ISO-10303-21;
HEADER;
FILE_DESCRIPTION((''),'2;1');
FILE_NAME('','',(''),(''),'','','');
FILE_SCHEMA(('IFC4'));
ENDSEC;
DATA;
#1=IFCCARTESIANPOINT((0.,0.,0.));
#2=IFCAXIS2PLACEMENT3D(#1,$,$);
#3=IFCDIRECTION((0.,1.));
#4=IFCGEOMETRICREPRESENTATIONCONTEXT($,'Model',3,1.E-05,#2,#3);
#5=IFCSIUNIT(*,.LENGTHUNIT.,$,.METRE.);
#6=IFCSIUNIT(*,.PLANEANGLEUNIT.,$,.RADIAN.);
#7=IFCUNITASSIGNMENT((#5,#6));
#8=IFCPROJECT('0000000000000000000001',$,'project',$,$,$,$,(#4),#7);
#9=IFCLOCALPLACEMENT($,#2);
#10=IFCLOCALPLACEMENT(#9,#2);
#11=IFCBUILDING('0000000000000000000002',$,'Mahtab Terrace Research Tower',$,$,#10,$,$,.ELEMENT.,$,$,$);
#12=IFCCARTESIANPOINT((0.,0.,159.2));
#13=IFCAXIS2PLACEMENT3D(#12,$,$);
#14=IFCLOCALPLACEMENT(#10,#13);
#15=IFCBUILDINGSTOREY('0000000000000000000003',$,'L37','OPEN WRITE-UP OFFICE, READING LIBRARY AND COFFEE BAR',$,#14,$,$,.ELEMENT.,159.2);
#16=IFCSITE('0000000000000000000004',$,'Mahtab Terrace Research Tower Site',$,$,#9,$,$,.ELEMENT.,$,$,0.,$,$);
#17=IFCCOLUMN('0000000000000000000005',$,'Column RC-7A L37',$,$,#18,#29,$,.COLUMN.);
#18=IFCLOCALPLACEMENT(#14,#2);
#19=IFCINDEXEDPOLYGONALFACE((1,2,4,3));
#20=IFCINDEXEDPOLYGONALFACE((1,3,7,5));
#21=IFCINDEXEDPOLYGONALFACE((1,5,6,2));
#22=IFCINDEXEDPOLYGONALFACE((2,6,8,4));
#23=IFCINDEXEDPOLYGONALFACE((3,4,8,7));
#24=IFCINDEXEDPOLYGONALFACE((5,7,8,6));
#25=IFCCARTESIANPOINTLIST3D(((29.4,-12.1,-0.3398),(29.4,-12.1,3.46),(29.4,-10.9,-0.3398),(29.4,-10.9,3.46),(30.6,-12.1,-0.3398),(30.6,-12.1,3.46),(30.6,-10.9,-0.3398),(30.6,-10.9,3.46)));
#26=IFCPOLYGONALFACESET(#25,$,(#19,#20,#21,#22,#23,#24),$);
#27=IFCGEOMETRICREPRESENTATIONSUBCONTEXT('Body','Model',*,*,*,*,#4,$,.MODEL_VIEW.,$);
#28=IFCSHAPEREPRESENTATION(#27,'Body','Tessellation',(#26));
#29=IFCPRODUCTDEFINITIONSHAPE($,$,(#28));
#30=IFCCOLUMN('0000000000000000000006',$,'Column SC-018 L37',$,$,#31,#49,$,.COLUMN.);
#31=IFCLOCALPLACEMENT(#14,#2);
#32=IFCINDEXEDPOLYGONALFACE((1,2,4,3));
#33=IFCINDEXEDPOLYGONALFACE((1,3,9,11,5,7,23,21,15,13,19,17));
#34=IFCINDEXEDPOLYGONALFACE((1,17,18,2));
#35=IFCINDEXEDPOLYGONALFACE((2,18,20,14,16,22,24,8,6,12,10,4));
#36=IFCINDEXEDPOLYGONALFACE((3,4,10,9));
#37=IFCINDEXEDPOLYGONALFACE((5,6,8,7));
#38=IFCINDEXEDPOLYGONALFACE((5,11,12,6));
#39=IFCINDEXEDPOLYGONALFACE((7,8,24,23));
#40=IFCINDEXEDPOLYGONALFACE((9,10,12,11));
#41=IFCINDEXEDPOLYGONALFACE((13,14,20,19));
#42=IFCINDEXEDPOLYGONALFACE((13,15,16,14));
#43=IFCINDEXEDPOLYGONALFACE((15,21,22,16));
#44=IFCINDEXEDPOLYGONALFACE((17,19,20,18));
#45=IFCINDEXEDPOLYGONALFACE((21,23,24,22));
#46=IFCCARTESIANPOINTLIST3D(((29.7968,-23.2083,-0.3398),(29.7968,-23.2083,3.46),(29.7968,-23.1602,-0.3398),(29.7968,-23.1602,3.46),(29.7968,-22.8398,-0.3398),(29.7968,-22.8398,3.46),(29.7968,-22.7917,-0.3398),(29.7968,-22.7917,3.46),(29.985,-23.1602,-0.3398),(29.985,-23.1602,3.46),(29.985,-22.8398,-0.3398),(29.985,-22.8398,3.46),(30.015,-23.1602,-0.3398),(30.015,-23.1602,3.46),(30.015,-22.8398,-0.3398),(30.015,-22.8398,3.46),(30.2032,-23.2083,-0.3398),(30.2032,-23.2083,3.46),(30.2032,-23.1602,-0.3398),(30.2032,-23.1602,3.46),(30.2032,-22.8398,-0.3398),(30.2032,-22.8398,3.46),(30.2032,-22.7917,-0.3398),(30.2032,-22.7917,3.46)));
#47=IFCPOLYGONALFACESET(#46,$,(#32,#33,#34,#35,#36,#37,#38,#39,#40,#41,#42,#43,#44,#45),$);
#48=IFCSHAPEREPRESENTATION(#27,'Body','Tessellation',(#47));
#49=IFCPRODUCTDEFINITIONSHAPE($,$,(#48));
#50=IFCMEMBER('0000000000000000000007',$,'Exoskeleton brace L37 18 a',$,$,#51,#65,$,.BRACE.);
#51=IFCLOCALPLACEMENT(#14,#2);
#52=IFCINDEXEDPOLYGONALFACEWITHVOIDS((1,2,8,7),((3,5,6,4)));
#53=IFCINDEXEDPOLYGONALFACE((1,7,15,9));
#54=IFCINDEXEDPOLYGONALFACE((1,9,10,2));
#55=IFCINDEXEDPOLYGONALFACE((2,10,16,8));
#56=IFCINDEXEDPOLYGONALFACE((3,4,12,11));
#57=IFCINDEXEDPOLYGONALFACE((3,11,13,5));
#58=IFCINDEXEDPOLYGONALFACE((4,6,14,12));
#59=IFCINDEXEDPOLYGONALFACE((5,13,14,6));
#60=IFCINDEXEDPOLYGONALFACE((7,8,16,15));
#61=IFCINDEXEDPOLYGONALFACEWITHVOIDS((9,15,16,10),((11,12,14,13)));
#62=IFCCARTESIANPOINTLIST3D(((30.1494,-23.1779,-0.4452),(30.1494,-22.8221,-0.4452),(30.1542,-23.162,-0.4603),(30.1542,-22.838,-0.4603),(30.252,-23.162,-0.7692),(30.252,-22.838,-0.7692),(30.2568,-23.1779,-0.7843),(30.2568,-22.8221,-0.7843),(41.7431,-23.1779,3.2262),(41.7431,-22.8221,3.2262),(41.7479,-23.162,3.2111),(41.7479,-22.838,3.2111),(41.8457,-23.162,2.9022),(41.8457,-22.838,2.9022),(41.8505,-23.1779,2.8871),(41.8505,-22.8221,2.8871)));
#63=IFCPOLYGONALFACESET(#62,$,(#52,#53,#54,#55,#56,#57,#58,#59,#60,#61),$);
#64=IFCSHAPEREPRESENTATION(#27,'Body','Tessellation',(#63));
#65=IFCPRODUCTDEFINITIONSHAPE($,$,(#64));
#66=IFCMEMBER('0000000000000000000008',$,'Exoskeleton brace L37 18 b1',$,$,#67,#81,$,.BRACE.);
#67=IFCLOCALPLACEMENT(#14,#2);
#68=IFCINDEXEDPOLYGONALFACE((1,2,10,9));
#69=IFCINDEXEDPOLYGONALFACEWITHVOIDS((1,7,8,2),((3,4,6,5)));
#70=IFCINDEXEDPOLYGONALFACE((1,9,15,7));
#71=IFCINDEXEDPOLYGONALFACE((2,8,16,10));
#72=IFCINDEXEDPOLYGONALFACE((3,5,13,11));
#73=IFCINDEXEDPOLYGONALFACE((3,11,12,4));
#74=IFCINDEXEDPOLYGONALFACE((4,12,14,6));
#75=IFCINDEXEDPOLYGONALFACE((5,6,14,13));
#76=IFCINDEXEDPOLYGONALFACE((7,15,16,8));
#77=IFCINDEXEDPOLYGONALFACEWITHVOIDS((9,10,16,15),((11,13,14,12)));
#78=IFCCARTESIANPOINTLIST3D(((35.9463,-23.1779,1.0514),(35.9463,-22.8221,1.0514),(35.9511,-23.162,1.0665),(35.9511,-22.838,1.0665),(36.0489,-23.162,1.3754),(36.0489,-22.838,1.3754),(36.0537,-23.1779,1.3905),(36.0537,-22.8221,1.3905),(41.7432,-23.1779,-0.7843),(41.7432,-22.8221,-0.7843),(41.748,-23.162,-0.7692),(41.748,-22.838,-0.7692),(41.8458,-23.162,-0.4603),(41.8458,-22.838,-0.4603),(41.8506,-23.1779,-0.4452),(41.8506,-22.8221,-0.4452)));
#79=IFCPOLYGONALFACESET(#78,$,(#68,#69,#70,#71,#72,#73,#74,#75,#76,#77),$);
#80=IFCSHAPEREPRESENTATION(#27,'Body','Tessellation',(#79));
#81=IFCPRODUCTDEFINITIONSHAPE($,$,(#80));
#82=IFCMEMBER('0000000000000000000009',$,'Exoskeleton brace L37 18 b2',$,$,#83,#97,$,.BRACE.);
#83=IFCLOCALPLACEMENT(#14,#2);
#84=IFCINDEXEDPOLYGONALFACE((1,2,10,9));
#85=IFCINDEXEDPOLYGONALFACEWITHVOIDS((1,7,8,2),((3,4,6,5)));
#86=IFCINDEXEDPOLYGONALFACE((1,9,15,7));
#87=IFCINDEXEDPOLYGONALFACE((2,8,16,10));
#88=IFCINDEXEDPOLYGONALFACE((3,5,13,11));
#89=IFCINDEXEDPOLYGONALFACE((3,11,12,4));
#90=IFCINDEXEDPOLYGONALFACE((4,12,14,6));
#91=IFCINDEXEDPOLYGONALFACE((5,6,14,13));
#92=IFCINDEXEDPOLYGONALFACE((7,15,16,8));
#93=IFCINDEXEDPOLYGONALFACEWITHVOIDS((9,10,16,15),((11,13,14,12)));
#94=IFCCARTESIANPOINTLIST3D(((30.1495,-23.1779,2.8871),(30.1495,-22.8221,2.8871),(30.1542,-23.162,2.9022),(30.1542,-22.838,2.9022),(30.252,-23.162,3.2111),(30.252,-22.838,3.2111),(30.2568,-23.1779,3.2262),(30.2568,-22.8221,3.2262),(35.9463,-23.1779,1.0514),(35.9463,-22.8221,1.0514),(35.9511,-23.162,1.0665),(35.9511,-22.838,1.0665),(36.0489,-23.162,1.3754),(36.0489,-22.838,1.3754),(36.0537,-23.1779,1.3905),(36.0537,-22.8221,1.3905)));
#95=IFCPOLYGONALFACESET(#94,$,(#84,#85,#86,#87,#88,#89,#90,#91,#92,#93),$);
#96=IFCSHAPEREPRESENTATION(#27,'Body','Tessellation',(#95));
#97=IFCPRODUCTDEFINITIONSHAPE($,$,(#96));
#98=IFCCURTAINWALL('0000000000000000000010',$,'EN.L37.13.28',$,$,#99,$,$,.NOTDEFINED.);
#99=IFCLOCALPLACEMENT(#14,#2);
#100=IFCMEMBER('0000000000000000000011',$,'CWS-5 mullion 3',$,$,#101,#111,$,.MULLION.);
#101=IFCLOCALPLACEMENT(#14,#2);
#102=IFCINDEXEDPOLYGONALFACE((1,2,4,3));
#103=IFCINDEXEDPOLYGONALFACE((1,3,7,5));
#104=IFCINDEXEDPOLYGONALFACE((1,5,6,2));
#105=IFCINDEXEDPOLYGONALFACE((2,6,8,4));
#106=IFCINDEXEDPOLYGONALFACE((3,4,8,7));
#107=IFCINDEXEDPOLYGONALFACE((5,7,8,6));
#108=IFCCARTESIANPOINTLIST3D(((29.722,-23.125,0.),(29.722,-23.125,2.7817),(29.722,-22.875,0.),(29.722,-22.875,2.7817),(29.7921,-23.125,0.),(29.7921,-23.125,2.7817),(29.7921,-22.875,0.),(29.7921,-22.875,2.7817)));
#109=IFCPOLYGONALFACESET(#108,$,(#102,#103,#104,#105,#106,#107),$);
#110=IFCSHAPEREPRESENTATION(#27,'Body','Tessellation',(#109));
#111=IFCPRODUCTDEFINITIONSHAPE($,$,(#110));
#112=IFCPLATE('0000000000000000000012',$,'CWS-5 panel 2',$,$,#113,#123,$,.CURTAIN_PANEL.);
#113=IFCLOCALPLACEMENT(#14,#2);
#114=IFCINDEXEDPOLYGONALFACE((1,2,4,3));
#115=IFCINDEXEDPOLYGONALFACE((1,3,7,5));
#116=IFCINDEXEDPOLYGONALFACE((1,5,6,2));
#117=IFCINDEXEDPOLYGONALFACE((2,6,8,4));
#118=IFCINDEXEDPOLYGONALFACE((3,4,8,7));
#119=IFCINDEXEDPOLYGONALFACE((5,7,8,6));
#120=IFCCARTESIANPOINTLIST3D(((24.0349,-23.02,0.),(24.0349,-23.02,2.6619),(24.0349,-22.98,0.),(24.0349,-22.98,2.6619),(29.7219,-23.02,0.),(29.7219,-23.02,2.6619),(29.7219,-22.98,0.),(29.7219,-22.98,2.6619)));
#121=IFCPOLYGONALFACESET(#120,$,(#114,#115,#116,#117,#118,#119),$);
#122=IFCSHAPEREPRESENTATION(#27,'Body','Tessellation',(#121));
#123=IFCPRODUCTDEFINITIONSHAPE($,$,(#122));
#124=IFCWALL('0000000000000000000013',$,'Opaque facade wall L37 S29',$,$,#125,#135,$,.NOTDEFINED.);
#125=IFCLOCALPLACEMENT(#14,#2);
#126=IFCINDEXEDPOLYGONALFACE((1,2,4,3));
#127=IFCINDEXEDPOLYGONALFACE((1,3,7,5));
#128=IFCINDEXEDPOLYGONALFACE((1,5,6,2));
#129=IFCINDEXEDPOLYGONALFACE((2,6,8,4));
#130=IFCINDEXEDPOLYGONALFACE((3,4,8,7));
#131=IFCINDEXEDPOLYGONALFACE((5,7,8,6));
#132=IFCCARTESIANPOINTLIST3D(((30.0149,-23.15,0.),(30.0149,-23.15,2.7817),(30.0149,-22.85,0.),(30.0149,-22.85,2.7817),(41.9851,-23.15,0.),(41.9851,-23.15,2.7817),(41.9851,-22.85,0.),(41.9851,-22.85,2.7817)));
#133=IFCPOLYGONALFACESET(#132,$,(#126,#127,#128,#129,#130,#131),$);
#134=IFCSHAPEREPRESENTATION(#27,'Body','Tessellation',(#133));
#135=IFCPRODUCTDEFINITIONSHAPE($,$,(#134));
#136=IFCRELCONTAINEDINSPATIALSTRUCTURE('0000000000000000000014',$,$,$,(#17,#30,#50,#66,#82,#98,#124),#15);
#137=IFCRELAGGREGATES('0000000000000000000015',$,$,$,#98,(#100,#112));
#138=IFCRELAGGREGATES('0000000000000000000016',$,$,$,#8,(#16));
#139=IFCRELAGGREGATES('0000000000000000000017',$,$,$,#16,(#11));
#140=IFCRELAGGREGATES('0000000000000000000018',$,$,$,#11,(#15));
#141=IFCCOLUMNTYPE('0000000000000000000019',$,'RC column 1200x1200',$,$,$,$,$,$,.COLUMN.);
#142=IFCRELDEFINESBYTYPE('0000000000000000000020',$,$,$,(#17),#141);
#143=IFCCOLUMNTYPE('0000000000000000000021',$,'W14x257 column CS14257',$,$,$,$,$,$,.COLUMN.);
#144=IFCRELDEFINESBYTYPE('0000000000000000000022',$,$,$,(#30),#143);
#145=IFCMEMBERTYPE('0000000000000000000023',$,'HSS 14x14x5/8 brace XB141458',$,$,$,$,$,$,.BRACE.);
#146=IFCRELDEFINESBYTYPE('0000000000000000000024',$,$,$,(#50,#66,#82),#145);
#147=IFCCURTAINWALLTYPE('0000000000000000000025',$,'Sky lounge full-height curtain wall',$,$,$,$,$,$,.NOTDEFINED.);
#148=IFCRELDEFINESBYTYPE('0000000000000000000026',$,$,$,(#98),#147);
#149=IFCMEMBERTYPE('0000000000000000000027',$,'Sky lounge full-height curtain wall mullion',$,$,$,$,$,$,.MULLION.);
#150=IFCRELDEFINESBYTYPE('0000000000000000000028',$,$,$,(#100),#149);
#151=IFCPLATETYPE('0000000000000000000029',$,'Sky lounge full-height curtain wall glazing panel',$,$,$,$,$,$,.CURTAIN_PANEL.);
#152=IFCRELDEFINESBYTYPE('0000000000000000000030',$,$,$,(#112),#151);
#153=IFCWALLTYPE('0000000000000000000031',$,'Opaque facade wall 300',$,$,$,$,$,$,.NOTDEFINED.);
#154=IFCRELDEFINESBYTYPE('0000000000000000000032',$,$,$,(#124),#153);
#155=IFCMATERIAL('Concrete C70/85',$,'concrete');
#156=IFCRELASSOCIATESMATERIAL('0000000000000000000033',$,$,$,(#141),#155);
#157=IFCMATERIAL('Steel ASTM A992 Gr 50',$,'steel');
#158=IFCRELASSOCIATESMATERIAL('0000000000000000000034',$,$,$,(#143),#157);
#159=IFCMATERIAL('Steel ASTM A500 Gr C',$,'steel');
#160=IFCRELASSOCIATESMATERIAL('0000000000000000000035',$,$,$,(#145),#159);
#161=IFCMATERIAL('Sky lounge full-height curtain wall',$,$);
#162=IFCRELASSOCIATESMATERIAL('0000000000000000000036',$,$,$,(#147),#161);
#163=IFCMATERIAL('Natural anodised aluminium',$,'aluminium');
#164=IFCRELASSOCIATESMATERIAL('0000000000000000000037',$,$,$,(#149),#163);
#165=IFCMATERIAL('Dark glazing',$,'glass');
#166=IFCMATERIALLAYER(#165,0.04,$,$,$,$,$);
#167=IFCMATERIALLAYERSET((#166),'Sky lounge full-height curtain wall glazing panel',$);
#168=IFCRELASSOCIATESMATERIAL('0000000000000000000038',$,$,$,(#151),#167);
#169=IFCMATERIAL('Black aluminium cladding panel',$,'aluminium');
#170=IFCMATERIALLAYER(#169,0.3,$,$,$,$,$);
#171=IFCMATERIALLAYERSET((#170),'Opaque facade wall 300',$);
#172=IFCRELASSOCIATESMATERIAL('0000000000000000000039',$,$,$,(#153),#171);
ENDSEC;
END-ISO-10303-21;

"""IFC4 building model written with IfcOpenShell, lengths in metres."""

from ifc_helpers import new_model, si_unit, direction, frame, frame_2d, origin, origin_2d, place, context, subcontext, project, spatial, rectangle, hollow_rectangle, i_section, extrude, material, layer, layer_set, material_profile, profile_set, type_object, element, aggregate, save


model = new_model("IFC4")

# Units and contexts
model_context = context("Model", 3, precision=1e-05, world=origin(), true_north=direction((0.0, 1.0)))
body_context = subcontext(model_context, "Body", "Model", "MODEL_VIEW")
ifc_project = project(units=[si_unit("LENGTHUNIT", "METRE"), si_unit("PLANEANGLEUNIT", "RADIAN")], contexts=[model_context])

# Site, building, storey
site_placement = place(None, origin())
site = spatial("IfcSite", under=ifc_project, at=site_placement, Name="Mahtab Terrace Research Tower Site", CompositionType="ELEMENT", RefElevation=0.0)
building_placement = place(site_placement, origin())
building = spatial("IfcBuilding", under=site, at=building_placement, Name="Mahtab Terrace Research Tower", CompositionType="ELEMENT")
storey_placement = place(building_placement, frame((0.0, 0.0, 159.2)))
storey = spatial("IfcBuildingStorey", under=building, at=storey_placement, Name="L37", Description="OPEN WRITE-UP OFFICE, READING LIBRARY AND COFFEE BAR", CompositionType="ELEMENT", Elevation=159.2)

# Columns
ifc_material_1 = material(Name="Concrete C70/85", Category="concrete")
ifc_material_profile_1 = material_profile(ifc_material_1, rectangle(XDim=1.2, YDim=1.2, at=origin_2d()), Name="RC column 1200x1200")
ifc_profile_set_1 = profile_set([ifc_material_profile_1], Name="Concrete C70/85")
column_type_1 = type_object("IfcColumnType", Name="RC column 1200x1200", PredefinedType="COLUMN", material=ifc_profile_set_1)
column_1_placement = place(storey_placement, frame((30.0, -11.5, -0.3398), z_axis=(0.0, 0.0, 1.0), x_axis=(1.0, 0.0, 0.0)))
element("IfcColumn", 1, at=column_1_placement, inside=storey, type_object=column_type_1, Name="Column RC-7A L37", PredefinedType="COLUMN", context=body_context, shape_type="SweptSolid", body=[
    extrude(rectangle(XDim=1.2, YDim=1.2, at=origin_2d()), origin(), (0.0, 0.0, 1.0), 3.7998),
])
ifc_material_2 = material(Name="Steel ASTM A992 Gr 50", Category="steel")
ifc_material_profile_2 = material_profile(ifc_material_2, i_section(OverallWidth=0.4065, OverallDepth=0.4165, WebThickness=0.03, FlangeThickness=0.0481, at=origin_2d()), Name="W14X257")
ifc_profile_set_2 = profile_set([ifc_material_profile_2], Name="Steel ASTM A992 Gr 50")
column_type_2 = type_object("IfcColumnType", Name="W14x257 column CS14257", PredefinedType="COLUMN", material=ifc_profile_set_2)
column_2_placement = place(storey_placement, frame((30.0, -23.0, -0.3398), z_axis=(0.0, 0.0, 1.0), x_axis=(1.0, 0.0, 0.0)))
element("IfcColumn", 2, at=column_2_placement, inside=storey, type_object=column_type_2, Name="Column SC-018 L37", PredefinedType="COLUMN", context=body_context, shape_type="SweptSolid", body=[
    extrude(i_section(OverallWidth=0.4065, OverallDepth=0.4165, WebThickness=0.03, FlangeThickness=0.0481, at=origin_2d()), origin(), (0.0, 0.0, 1.0), 3.7998),
])

# Members
ifc_material_3 = material(Name="Steel ASTM A500 Gr C", Category="steel")
ifc_material_profile_3 = material_profile(ifc_material_3, hollow_rectangle(XDim=0.3557, YDim=0.3557, WallThickness=0.0159, at=origin_2d()), Name="HSS14X14X5/8")
ifc_profile_set_3 = profile_set([ifc_material_profile_3], Name="Steel ASTM A500 Gr C")
member_type_1 = type_object("IfcMemberType", Name="HSS 14x14x5/8 brace XB141458", PredefinedType="BRACE", material=ifc_profile_set_3)
member_1_placement = place(storey_placement, frame((30.2031, -23.0, -0.6147), z_axis=(0.953341, 0.0, 0.301894), x_axis=(0.0, 1.0, 0.0)))
element("IfcMember", 3, at=member_1_placement, inside=storey, type_object=member_type_1, Name="Exoskeleton brace L37 18 a", PredefinedType="BRACE", context=body_context, shape_type="SweptSolid", body=[
    extrude(hollow_rectangle(XDim=0.3557, YDim=0.3557, WallThickness=0.0159, at=origin_2d()), origin(), (0.0, 0.0, 1.0), 12.1611),
])
for number, where, z_axis, x_axis, name in (
    (4, (41.7969, -23.0, -0.6147), (-0.953341, 0.0, 0.301894), (0.0, -1.0, 0.0), "Exoskeleton brace L37 18 b1"),
    (5, (36.0, -23.0, 1.2209), (-0.953341, 0.0, 0.301894), (0.0, -1.0, 0.0), "Exoskeleton brace L37 18 b2"),
):
    element("IfcMember", number, at=place(storey_placement, frame(where, z_axis=z_axis, x_axis=x_axis)), inside=storey, type_object=member_type_1, Name=name, PredefinedType="BRACE", context=body_context, shape_type="SweptSolid", body=[
        extrude(hollow_rectangle(XDim=0.3557, YDim=0.3557, WallThickness=0.0159, at=origin_2d()), origin(), (0.0, 0.0, 1.0), 6.0806),
    ])

# Curtain wall, member, plate
ifc_material_4 = material(Name="Sky lounge full-height curtain wall")
curtain_wall_type = type_object("IfcCurtainWallType", Name="Sky lounge full-height curtain wall", PredefinedType="NOTDEFINED", material=ifc_material_4)
curtain_wall_placement = place(storey_placement, origin())
curtain_wall = element("IfcCurtainWall", 6, at=curtain_wall_placement, inside=storey, type_object=curtain_wall_type, Name="EN.L37.13.28", PredefinedType="NOTDEFINED")
ifc_material_5 = material(Name="Natural anodised aluminium", Category="aluminium")
ifc_material_profile_4 = material_profile(ifc_material_5, rectangle(XDim=0.25, YDim=0.0701, at=origin_2d()), Name="MULLION 70x250")
ifc_profile_set_4 = profile_set([ifc_material_profile_4], Name="Natural anodised aluminium")
member_type_2 = type_object("IfcMemberType", Name="Sky lounge full-height curtain wall mullion", PredefinedType="MULLION", material=ifc_profile_set_4)
member_2_placement = place(storey_placement, frame((29.7571, -23.0, 0.0), z_axis=(0.0, 0.0, 1.0), x_axis=(0.0, 1.0, 0.0)))
member_2 = element("IfcMember", 7, at=member_2_placement, type_object=member_type_2, Name="CWS-5 mullion 3", PredefinedType="MULLION", context=body_context, shape_type="SweptSolid", body=[
    extrude(rectangle(XDim=0.25, YDim=0.0701, at=origin_2d()), origin(), (0.0, 0.0, 1.0), 2.7817),
])
ifc_material_6 = material(Name="Dark glazing", Category="glass")
ifc_layer_1 = layer(ifc_material_6, 0.04)
ifc_layer_set_1 = layer_set([ifc_layer_1], Name="Sky lounge full-height curtain wall glazing panel")
plate_type = type_object("IfcPlateType", Name="Sky lounge full-height curtain wall glazing panel", PredefinedType="CURTAIN_PANEL", material=ifc_layer_set_1)
plate_placement = place(storey_placement, frame((26.8784, -23.0, 0.0), z_axis=(0.0, 0.0, 1.0), x_axis=(1.0, 0.0, 0.0)))
plate = element("IfcPlate", 8, at=plate_placement, type_object=plate_type, Name="CWS-5 panel 2", PredefinedType="CURTAIN_PANEL", context=body_context, shape_type="SweptSolid", body=[
    extrude(rectangle(XDim=5.687, YDim=0.04, at=origin_2d()), origin(), (0.0, 0.0, 1.0), 2.6619),
])
aggregate(curtain_wall, [member_2, plate])

# Wall
ifc_material_7 = material(Name="Black aluminium cladding panel", Category="aluminium")
ifc_layer_2 = layer(ifc_material_7, 0.3)
ifc_layer_set_2 = layer_set([ifc_layer_2], Name="Opaque facade wall 300")
wall_type_1 = type_object("IfcWallType", Name="Opaque facade wall 300", PredefinedType="NOTDEFINED", material=ifc_layer_set_2)
wall_1_placement = place(storey_placement, frame((30.0149, -23.0, 0.0), z_axis=(0.0, 0.0, 1.0), x_axis=(1.0, 0.0, 0.0)))
element("IfcWall", 9, at=wall_1_placement, inside=storey, type_object=wall_type_1, Name="Opaque facade wall L37 S29", PredefinedType="NOTDEFINED", context=body_context, shape_type="SweptSolid", body=[
    extrude(rectangle(XDim=11.9702, YDim=0.3, at=frame_2d((5.9851, 0.0))), origin(), (0.0, 0.0, 1.0), 2.7817),
])

save(model, "model.ifc")
